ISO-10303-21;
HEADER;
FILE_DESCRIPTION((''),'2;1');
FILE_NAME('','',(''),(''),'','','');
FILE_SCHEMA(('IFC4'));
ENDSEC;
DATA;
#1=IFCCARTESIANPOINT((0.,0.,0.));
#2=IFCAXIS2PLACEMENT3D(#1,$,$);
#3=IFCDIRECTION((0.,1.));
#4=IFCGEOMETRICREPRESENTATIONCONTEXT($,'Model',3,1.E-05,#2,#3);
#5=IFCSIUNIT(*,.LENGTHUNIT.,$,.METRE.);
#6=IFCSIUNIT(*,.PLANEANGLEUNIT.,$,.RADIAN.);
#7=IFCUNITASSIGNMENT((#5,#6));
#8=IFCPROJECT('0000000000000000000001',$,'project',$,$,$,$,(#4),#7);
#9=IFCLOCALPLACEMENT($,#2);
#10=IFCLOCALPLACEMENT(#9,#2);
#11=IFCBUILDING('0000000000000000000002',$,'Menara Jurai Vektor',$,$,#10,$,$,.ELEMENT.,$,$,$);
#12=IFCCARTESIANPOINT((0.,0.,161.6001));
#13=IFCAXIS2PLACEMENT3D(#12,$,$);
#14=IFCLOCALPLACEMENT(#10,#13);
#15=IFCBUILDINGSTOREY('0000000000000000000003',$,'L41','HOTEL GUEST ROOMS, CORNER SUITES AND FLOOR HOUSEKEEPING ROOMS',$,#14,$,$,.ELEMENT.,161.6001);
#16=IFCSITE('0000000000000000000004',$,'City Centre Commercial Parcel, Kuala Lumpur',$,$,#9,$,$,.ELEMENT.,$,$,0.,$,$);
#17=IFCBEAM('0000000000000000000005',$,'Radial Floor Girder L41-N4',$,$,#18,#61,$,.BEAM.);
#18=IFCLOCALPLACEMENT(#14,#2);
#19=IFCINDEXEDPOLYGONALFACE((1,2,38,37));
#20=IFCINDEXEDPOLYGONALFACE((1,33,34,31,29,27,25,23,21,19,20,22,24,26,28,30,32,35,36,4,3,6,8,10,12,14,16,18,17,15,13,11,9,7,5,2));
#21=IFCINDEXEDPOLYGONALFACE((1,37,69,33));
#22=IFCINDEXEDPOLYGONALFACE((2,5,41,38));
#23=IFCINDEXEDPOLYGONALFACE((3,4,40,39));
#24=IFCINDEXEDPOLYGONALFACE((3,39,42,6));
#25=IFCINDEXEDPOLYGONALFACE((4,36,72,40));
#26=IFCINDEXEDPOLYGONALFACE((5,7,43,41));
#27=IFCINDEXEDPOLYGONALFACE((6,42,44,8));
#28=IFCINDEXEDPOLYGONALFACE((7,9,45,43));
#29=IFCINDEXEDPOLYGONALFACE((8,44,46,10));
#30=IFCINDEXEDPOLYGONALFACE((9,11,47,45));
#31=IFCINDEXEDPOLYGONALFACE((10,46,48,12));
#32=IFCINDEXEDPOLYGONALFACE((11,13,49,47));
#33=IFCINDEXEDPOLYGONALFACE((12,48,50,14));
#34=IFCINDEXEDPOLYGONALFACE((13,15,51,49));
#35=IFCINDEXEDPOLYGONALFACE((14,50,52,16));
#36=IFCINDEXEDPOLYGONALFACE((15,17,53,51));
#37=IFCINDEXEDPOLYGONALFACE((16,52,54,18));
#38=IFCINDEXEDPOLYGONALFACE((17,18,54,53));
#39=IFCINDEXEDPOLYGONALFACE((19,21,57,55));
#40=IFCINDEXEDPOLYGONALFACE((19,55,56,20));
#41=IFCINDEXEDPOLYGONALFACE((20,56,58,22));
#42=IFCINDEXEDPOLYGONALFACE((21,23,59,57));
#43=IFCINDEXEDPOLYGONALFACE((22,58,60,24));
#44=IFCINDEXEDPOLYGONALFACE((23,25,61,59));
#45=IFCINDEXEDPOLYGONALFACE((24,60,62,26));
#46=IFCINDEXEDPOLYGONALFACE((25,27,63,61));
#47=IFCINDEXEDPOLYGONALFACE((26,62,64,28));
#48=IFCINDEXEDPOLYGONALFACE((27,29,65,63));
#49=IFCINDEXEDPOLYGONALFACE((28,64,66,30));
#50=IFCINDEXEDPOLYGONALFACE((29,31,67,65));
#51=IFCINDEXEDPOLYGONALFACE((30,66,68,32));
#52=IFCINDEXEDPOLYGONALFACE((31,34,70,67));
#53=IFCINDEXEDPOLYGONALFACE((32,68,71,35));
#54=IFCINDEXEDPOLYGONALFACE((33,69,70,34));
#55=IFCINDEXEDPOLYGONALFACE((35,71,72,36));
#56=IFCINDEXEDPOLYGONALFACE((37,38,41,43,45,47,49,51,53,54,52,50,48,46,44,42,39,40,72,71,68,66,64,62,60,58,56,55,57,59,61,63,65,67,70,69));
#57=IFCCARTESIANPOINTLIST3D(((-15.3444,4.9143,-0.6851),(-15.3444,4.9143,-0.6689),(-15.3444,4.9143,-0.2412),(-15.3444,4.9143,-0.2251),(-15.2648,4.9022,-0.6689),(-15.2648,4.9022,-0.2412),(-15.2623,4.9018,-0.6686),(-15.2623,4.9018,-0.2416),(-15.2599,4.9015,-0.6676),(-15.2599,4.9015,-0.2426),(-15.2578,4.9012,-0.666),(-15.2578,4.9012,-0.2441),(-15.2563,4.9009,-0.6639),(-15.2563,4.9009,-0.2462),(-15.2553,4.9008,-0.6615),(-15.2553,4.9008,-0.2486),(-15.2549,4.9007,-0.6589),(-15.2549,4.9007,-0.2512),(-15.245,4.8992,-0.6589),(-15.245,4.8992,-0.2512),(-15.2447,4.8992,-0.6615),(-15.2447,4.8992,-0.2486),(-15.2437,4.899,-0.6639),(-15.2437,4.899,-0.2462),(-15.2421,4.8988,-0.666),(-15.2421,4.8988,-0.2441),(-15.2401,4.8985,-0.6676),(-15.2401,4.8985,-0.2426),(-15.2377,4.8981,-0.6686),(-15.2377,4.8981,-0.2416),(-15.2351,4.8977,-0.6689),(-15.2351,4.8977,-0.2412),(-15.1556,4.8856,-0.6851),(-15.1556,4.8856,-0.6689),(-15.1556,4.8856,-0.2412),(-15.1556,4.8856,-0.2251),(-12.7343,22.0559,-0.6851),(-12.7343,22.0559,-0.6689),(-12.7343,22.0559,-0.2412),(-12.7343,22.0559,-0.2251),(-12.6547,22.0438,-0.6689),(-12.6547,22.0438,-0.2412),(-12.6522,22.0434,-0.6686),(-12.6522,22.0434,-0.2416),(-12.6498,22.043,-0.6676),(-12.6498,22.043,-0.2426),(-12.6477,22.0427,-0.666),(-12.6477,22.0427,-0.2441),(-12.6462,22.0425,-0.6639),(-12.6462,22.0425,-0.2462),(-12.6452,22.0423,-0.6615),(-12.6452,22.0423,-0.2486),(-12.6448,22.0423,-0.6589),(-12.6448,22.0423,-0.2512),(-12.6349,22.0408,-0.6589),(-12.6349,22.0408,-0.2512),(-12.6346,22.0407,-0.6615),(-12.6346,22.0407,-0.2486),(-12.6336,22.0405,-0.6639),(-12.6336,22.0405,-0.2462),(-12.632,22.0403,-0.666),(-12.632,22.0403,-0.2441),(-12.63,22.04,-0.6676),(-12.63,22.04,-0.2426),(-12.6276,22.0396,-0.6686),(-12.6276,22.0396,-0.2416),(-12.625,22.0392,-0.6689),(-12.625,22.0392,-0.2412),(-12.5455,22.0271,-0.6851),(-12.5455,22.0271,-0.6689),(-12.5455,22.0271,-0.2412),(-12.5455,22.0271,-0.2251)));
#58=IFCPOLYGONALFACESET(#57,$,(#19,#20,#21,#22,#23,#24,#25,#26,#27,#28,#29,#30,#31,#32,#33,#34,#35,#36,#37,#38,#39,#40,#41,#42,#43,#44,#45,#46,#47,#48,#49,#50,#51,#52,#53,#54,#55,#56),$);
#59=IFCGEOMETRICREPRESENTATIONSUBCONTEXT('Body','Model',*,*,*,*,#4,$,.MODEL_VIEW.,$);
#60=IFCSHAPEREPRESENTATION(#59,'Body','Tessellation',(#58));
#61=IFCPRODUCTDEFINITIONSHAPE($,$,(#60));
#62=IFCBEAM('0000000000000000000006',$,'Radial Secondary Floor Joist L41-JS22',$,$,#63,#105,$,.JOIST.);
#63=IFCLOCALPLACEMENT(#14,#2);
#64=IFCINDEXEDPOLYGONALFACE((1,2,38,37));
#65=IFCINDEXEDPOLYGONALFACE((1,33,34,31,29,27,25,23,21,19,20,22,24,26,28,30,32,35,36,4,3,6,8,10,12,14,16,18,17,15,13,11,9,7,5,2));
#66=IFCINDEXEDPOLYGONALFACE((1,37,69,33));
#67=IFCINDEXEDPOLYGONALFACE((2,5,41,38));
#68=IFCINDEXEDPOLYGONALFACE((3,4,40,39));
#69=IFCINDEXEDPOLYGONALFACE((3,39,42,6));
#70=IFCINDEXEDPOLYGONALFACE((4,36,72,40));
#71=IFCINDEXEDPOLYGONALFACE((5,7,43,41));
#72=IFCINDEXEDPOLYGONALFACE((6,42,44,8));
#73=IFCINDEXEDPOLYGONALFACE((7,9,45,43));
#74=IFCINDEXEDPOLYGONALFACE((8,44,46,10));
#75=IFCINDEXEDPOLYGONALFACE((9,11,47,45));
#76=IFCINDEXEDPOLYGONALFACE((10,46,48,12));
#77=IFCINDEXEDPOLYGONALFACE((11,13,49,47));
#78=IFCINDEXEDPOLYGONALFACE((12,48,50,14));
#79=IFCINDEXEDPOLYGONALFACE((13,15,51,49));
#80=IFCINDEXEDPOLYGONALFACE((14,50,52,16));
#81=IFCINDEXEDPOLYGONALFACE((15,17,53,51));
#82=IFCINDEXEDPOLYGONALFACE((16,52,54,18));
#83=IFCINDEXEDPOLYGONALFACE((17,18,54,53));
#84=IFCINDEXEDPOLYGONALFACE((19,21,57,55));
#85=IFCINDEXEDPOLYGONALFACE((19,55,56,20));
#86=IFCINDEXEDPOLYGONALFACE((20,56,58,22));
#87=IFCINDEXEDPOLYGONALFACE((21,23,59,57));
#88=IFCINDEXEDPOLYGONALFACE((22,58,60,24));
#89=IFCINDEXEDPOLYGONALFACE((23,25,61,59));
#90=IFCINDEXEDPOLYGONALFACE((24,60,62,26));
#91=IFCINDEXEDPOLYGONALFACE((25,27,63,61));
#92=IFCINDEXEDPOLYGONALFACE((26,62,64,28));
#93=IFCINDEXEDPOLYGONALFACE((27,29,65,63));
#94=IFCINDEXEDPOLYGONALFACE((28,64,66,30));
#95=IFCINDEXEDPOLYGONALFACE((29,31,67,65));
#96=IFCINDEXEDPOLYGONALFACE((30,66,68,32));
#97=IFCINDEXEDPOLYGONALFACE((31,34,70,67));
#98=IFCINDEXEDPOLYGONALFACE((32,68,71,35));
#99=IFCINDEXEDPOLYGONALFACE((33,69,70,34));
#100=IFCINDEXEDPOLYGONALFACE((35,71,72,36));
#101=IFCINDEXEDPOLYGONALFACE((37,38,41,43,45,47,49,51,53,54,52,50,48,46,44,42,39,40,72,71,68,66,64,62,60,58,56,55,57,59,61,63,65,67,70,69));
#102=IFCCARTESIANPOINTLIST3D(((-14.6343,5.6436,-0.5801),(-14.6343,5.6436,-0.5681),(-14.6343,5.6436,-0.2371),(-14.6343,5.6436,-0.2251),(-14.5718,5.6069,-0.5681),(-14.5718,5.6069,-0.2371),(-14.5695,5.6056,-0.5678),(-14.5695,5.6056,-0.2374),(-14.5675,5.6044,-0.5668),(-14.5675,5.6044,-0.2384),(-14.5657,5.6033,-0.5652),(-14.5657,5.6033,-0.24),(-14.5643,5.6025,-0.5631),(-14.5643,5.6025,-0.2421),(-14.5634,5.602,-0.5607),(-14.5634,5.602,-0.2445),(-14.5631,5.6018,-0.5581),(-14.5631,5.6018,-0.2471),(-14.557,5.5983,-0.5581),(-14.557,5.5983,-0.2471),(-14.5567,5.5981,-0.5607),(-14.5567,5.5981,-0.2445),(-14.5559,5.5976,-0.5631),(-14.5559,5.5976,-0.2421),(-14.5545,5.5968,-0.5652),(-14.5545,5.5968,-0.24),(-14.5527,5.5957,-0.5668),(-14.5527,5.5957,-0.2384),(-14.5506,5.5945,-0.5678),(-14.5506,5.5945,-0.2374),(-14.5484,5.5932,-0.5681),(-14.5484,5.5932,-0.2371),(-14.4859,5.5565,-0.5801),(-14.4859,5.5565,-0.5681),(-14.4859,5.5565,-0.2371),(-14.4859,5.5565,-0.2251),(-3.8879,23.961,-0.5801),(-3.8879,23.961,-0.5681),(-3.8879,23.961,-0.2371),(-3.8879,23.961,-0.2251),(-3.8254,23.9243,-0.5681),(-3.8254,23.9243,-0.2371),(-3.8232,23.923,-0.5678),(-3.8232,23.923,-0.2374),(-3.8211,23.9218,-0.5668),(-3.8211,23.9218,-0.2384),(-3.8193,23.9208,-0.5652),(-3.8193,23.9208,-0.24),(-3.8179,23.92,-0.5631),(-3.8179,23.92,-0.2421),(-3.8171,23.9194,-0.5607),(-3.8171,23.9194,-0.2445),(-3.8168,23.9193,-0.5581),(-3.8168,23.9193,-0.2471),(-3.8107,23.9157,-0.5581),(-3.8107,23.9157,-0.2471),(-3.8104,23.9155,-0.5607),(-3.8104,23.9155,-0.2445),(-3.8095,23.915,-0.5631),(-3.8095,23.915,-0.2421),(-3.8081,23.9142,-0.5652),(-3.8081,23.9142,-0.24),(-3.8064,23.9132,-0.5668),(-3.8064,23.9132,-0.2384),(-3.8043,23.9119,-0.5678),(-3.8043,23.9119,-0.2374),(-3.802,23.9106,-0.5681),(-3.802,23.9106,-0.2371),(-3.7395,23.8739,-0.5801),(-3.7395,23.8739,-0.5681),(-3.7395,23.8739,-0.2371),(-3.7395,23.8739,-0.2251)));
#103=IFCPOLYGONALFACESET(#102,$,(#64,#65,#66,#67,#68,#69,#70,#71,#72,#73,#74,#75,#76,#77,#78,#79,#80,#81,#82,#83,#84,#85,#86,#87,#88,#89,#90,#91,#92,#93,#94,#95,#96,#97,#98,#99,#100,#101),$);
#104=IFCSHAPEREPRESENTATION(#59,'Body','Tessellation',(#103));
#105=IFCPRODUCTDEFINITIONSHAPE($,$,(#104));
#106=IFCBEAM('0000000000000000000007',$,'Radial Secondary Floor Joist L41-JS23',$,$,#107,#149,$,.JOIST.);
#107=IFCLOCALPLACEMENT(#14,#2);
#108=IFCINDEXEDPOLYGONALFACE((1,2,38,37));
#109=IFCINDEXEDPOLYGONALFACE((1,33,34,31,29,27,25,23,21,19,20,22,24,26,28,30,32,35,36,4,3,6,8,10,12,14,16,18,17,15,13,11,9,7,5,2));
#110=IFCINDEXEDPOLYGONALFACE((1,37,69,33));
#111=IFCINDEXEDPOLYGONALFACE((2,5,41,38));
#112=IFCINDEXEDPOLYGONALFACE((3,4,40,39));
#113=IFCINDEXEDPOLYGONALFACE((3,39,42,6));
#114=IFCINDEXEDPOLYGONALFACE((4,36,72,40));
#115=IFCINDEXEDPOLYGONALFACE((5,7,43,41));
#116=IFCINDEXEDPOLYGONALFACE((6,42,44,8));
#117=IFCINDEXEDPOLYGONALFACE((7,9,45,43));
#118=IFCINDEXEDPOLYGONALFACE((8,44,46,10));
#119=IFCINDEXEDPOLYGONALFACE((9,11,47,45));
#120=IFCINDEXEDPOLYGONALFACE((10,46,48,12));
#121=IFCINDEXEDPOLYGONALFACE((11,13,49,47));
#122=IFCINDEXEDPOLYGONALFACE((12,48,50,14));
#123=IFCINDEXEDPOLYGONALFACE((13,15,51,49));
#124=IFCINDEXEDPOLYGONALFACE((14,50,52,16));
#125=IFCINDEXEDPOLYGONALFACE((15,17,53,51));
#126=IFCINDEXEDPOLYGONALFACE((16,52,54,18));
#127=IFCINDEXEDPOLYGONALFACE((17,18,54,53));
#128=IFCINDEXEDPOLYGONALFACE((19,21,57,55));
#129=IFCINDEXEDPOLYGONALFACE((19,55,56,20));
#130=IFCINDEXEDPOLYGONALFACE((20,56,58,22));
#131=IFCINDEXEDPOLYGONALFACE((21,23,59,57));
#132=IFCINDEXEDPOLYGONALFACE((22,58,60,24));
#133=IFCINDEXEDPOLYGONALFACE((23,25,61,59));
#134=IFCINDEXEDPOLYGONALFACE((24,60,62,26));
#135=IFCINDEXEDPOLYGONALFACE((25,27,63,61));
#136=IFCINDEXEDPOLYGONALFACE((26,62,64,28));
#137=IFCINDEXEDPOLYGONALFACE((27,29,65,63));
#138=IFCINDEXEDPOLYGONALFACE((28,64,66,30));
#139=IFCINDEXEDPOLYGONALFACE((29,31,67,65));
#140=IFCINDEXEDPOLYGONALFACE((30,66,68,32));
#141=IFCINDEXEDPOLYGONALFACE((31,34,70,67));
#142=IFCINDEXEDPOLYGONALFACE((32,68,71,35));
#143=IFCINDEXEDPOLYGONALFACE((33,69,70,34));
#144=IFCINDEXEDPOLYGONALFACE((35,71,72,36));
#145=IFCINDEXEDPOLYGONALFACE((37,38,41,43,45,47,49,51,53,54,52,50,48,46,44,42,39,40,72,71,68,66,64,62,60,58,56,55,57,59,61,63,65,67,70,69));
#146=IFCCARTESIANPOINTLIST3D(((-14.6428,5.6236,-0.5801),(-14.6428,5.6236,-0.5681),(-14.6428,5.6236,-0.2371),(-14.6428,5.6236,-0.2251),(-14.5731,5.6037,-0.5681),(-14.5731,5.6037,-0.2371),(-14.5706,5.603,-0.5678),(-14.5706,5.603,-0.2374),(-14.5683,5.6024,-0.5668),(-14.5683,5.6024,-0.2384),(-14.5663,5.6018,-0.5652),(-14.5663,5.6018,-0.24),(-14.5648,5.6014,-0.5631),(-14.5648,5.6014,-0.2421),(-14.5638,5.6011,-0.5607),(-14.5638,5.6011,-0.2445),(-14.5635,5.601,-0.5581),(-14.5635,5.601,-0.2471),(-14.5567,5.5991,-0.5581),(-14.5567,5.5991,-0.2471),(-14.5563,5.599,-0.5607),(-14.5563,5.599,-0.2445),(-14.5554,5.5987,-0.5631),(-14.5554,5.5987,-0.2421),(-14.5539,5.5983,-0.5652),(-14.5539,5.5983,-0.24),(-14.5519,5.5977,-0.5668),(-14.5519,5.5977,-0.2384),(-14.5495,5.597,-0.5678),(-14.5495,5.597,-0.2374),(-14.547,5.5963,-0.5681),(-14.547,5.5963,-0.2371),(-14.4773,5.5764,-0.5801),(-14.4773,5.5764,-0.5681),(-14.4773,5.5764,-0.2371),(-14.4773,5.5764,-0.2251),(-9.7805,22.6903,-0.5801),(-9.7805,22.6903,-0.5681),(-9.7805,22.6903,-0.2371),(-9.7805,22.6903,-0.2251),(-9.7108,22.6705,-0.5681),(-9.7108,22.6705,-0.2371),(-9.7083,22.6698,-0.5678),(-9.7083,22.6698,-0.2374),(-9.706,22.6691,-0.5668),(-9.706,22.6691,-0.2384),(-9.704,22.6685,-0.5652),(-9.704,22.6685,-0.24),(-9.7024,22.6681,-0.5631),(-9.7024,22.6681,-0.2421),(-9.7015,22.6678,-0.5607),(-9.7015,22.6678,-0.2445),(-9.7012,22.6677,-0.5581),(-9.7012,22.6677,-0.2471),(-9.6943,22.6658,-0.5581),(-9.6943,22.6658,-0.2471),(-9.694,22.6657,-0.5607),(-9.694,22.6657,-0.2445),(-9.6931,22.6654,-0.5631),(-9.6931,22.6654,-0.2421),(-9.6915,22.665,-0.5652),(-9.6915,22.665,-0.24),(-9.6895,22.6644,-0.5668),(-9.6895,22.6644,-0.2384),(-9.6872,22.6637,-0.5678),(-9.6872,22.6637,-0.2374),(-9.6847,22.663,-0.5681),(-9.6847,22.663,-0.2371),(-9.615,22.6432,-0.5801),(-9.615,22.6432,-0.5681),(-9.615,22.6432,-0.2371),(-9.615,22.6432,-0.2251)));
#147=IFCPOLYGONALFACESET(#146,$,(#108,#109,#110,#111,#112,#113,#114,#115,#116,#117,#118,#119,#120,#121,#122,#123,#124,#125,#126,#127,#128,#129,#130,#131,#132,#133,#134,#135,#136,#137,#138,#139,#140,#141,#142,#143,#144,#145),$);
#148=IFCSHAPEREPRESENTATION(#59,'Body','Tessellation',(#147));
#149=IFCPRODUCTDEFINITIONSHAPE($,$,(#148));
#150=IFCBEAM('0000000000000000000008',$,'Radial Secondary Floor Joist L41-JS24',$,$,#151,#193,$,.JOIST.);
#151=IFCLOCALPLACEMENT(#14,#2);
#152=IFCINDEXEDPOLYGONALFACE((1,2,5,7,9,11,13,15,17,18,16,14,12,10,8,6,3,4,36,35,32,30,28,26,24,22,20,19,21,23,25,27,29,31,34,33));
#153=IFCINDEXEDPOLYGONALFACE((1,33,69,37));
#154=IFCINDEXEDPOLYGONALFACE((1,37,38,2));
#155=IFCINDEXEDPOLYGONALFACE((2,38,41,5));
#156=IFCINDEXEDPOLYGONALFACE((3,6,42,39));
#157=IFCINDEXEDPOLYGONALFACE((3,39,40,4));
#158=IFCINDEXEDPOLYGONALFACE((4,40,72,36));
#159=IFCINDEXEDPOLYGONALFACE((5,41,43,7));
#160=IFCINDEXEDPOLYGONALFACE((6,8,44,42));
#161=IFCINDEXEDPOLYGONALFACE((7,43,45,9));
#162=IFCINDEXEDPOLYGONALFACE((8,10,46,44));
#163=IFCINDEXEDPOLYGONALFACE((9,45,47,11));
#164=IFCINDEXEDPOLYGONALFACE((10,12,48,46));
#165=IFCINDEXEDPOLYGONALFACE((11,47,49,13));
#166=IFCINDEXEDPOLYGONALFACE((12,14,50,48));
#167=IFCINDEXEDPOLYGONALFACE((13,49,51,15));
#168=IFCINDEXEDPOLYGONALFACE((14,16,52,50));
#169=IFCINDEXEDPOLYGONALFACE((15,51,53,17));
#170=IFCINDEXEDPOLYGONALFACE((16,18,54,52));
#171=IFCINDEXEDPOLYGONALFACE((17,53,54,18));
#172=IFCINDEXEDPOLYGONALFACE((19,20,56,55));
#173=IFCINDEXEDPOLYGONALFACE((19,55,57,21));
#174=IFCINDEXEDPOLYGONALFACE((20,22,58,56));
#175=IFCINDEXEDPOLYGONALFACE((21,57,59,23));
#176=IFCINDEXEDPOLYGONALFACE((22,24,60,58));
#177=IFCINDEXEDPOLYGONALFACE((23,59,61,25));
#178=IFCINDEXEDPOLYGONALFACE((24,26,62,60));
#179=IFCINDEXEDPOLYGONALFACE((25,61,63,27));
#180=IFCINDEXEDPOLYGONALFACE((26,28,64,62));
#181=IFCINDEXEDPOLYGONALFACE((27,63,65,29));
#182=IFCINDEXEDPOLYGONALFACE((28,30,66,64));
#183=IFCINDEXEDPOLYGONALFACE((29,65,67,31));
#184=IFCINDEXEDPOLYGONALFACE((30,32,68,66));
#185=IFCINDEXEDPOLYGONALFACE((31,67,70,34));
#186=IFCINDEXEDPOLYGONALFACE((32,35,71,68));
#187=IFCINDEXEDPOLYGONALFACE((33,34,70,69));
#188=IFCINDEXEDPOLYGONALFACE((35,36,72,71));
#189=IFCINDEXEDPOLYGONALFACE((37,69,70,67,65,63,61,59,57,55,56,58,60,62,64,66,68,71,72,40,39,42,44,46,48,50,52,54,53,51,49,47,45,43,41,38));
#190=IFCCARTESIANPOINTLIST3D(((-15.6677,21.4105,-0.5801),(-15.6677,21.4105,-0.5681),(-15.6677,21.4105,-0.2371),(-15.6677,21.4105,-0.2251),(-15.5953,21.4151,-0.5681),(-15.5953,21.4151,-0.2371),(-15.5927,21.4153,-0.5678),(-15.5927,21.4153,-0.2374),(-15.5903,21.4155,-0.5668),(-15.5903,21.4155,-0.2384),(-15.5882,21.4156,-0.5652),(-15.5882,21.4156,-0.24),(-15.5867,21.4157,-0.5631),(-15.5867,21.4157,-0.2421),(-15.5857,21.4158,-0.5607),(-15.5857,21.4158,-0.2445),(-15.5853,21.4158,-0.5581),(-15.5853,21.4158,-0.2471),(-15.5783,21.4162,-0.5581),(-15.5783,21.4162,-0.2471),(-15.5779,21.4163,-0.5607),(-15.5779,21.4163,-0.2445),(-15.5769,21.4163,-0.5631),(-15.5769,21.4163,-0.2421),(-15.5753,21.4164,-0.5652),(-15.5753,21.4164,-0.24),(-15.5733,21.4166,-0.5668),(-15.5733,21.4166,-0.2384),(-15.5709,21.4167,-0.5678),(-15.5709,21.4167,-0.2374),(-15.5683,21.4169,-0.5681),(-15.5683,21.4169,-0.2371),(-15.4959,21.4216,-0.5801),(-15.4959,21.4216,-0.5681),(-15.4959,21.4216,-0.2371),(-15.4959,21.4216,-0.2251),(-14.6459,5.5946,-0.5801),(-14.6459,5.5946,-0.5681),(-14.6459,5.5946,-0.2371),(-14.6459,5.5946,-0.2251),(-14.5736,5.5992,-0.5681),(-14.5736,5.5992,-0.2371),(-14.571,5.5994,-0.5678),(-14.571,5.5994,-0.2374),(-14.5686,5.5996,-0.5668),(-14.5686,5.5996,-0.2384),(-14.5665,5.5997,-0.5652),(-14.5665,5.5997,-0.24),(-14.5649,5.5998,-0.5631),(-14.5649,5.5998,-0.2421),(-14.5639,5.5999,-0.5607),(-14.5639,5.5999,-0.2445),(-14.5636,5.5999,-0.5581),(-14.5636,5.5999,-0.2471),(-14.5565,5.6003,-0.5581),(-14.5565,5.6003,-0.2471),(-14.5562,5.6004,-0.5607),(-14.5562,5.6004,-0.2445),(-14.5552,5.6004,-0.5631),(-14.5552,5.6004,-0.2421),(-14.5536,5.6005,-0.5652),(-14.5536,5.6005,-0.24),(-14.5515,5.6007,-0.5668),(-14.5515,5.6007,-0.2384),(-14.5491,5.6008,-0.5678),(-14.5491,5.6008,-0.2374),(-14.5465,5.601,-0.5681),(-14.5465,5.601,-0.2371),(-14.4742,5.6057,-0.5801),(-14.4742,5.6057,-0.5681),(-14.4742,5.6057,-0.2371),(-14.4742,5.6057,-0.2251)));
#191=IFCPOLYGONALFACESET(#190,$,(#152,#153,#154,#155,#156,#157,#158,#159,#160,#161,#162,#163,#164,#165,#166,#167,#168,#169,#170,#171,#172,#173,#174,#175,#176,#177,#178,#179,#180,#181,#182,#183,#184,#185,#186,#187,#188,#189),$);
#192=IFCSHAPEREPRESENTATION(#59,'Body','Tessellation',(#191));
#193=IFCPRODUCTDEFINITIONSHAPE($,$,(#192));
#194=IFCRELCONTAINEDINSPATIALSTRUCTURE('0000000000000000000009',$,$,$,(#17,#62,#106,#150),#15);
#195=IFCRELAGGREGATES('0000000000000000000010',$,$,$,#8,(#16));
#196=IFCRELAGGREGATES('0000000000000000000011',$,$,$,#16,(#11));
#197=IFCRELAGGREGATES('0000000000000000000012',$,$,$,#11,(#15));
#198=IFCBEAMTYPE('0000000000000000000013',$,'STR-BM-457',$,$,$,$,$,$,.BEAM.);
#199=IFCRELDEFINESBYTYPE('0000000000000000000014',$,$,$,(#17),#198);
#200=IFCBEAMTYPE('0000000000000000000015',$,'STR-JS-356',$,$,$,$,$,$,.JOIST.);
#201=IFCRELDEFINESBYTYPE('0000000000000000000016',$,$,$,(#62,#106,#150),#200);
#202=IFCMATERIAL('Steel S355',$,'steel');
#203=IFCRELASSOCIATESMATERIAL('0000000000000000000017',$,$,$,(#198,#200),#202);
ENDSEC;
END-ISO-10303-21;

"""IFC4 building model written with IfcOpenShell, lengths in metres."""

from ifc_helpers import new_model, si_unit, direction, frame, origin, origin_2d, place, context, subcontext, project, spatial, i_section, extrude, material, material_profile, profile_set, type_object, element, save


model = new_model("IFC4")

# Units and contexts
model_context = context("Model", 3, precision=1e-05, world=origin(), true_north=direction((0.0, 1.0)))
body_context = subcontext(model_context, "Body", "Model", "MODEL_VIEW")
ifc_project = project(units=[si_unit("LENGTHUNIT", "METRE"), si_unit("PLANEANGLEUNIT", "RADIAN")], contexts=[model_context])

# Site, building, storey
site_placement = place(None, origin())
site = spatial("IfcSite", under=ifc_project, at=site_placement, Name="City Centre Commercial Parcel, Kuala Lumpur", CompositionType="ELEMENT", RefElevation=0.0)
building_placement = place(site_placement, origin())
building = spatial("IfcBuilding", under=site, at=building_placement, Name="Menara Jurai Vektor", CompositionType="ELEMENT")
storey_placement = place(building_placement, frame((0.0, 0.0, 161.6001)))
storey = spatial("IfcBuildingStorey", under=building, at=storey_placement, Name="L41", Description="HOTEL GUEST ROOMS, CORNER SUITES AND FLOOR HOUSEKEEPING ROOMS", CompositionType="ELEMENT", Elevation=161.6001)

# Beams
ifc_material_1 = material(Name="Steel S355", Category="steel")
ifc_material_profile_1 = material_profile(ifc_material_1, i_section(OverallWidth=0.1909, OverallDepth=0.46, WebThickness=0.01, FlangeThickness=0.0161, FilletRadius=0.01, at=origin_2d()), Name="UKB 457x191x82")
ifc_profile_set_1 = profile_set([ifc_material_profile_1], Name="Steel S355")
beam_type_1 = type_object("IfcBeamType", Name="STR-BM-457", PredefinedType="BEAM", material=ifc_profile_set_1)
beam_1_placement = place(storey_placement, frame((-12.6399, 22.0415, -0.4551), z_axis=(-0.150532, -0.988605, 0.0), x_axis=(0.988605, -0.150532, 0.0)))
element("IfcBeam", 1, at=beam_1_placement, inside=storey, type_object=beam_type_1, Name="Radial Floor Girder L41-N4", PredefinedType="BEAM", context=body_context, shape_type="SweptSolid", body=[
    extrude(i_section(OverallWidth=0.1909, OverallDepth=0.46, WebThickness=0.01, FlangeThickness=0.0161, FilletRadius=0.01, at=origin_2d()), origin(), (0.0, 0.0, 1.0), 17.3391),
])
ifc_material_profile_2 = material_profile(ifc_material_1, i_section(OverallWidth=0.1721, OverallDepth=0.355, WebThickness=0.0071, FlangeThickness=0.012, FilletRadius=0.01, at=origin_2d()), Name="UKB 356x171x51")
ifc_profile_set_2 = profile_set([ifc_material_profile_2], Name="Steel S355")
beam_type_2 = type_object("IfcBeamType", Name="STR-JS-356", PredefinedType="JOIST", material=ifc_profile_set_2)
beam_2_placement = place(storey_placement, frame((-3.8137, 23.9175, -0.4026), z_axis=(-0.50602, -0.862522, 0.0), x_axis=(0.862522, -0.50602, 0.0)))
element("IfcBeam", 2, at=beam_2_placement, inside=storey, type_object=beam_type_2, Name="Radial Secondary Floor Joist L41-JS22", PredefinedType="JOIST", context=body_context, shape_type="SweptSolid", body=[
    extrude(i_section(OverallWidth=0.1721, OverallDepth=0.355, WebThickness=0.0071, FlangeThickness=0.012, FilletRadius=0.01, at=origin_2d()), origin(), (0.0, 0.0, 1.0), 21.2371),
])
beam_3_placement = place(storey_placement, frame((-9.6978, 22.6667, -0.4026), z_axis=(-0.273998, -0.96173, 0.0), x_axis=(0.96173, -0.273998, 0.0)))
element("IfcBeam", 3, at=beam_3_placement, inside=storey, type_object=beam_type_2, Name="Radial Secondary Floor Joist L41-JS23", PredefinedType="JOIST", context=body_context, shape_type="SweptSolid", body=[
    extrude(i_section(OverallWidth=0.1721, OverallDepth=0.355, WebThickness=0.0071, FlangeThickness=0.012, FilletRadius=0.01, at=origin_2d()), origin(), (0.0, 0.0, 1.0), 17.7458),
])
beam_4_placement = place(storey_placement, frame((-15.5818, 21.416, -0.4026), z_axis=(0.064467, -0.99792, 0.0), x_axis=(0.99792, 0.064467, 0.0)))
element("IfcBeam", 4, at=beam_4_placement, inside=storey, type_object=beam_type_2, Name="Radial Secondary Floor Joist L41-JS24", PredefinedType="JOIST", context=body_context, shape_type="SweptSolid", body=[
    extrude(i_section(OverallWidth=0.1721, OverallDepth=0.355, WebThickness=0.0071, FlangeThickness=0.012, FilletRadius=0.01, at=origin_2d()), origin(), (0.0, 0.0, 1.0), 15.8489),
])

save(model, "model.ifc")
